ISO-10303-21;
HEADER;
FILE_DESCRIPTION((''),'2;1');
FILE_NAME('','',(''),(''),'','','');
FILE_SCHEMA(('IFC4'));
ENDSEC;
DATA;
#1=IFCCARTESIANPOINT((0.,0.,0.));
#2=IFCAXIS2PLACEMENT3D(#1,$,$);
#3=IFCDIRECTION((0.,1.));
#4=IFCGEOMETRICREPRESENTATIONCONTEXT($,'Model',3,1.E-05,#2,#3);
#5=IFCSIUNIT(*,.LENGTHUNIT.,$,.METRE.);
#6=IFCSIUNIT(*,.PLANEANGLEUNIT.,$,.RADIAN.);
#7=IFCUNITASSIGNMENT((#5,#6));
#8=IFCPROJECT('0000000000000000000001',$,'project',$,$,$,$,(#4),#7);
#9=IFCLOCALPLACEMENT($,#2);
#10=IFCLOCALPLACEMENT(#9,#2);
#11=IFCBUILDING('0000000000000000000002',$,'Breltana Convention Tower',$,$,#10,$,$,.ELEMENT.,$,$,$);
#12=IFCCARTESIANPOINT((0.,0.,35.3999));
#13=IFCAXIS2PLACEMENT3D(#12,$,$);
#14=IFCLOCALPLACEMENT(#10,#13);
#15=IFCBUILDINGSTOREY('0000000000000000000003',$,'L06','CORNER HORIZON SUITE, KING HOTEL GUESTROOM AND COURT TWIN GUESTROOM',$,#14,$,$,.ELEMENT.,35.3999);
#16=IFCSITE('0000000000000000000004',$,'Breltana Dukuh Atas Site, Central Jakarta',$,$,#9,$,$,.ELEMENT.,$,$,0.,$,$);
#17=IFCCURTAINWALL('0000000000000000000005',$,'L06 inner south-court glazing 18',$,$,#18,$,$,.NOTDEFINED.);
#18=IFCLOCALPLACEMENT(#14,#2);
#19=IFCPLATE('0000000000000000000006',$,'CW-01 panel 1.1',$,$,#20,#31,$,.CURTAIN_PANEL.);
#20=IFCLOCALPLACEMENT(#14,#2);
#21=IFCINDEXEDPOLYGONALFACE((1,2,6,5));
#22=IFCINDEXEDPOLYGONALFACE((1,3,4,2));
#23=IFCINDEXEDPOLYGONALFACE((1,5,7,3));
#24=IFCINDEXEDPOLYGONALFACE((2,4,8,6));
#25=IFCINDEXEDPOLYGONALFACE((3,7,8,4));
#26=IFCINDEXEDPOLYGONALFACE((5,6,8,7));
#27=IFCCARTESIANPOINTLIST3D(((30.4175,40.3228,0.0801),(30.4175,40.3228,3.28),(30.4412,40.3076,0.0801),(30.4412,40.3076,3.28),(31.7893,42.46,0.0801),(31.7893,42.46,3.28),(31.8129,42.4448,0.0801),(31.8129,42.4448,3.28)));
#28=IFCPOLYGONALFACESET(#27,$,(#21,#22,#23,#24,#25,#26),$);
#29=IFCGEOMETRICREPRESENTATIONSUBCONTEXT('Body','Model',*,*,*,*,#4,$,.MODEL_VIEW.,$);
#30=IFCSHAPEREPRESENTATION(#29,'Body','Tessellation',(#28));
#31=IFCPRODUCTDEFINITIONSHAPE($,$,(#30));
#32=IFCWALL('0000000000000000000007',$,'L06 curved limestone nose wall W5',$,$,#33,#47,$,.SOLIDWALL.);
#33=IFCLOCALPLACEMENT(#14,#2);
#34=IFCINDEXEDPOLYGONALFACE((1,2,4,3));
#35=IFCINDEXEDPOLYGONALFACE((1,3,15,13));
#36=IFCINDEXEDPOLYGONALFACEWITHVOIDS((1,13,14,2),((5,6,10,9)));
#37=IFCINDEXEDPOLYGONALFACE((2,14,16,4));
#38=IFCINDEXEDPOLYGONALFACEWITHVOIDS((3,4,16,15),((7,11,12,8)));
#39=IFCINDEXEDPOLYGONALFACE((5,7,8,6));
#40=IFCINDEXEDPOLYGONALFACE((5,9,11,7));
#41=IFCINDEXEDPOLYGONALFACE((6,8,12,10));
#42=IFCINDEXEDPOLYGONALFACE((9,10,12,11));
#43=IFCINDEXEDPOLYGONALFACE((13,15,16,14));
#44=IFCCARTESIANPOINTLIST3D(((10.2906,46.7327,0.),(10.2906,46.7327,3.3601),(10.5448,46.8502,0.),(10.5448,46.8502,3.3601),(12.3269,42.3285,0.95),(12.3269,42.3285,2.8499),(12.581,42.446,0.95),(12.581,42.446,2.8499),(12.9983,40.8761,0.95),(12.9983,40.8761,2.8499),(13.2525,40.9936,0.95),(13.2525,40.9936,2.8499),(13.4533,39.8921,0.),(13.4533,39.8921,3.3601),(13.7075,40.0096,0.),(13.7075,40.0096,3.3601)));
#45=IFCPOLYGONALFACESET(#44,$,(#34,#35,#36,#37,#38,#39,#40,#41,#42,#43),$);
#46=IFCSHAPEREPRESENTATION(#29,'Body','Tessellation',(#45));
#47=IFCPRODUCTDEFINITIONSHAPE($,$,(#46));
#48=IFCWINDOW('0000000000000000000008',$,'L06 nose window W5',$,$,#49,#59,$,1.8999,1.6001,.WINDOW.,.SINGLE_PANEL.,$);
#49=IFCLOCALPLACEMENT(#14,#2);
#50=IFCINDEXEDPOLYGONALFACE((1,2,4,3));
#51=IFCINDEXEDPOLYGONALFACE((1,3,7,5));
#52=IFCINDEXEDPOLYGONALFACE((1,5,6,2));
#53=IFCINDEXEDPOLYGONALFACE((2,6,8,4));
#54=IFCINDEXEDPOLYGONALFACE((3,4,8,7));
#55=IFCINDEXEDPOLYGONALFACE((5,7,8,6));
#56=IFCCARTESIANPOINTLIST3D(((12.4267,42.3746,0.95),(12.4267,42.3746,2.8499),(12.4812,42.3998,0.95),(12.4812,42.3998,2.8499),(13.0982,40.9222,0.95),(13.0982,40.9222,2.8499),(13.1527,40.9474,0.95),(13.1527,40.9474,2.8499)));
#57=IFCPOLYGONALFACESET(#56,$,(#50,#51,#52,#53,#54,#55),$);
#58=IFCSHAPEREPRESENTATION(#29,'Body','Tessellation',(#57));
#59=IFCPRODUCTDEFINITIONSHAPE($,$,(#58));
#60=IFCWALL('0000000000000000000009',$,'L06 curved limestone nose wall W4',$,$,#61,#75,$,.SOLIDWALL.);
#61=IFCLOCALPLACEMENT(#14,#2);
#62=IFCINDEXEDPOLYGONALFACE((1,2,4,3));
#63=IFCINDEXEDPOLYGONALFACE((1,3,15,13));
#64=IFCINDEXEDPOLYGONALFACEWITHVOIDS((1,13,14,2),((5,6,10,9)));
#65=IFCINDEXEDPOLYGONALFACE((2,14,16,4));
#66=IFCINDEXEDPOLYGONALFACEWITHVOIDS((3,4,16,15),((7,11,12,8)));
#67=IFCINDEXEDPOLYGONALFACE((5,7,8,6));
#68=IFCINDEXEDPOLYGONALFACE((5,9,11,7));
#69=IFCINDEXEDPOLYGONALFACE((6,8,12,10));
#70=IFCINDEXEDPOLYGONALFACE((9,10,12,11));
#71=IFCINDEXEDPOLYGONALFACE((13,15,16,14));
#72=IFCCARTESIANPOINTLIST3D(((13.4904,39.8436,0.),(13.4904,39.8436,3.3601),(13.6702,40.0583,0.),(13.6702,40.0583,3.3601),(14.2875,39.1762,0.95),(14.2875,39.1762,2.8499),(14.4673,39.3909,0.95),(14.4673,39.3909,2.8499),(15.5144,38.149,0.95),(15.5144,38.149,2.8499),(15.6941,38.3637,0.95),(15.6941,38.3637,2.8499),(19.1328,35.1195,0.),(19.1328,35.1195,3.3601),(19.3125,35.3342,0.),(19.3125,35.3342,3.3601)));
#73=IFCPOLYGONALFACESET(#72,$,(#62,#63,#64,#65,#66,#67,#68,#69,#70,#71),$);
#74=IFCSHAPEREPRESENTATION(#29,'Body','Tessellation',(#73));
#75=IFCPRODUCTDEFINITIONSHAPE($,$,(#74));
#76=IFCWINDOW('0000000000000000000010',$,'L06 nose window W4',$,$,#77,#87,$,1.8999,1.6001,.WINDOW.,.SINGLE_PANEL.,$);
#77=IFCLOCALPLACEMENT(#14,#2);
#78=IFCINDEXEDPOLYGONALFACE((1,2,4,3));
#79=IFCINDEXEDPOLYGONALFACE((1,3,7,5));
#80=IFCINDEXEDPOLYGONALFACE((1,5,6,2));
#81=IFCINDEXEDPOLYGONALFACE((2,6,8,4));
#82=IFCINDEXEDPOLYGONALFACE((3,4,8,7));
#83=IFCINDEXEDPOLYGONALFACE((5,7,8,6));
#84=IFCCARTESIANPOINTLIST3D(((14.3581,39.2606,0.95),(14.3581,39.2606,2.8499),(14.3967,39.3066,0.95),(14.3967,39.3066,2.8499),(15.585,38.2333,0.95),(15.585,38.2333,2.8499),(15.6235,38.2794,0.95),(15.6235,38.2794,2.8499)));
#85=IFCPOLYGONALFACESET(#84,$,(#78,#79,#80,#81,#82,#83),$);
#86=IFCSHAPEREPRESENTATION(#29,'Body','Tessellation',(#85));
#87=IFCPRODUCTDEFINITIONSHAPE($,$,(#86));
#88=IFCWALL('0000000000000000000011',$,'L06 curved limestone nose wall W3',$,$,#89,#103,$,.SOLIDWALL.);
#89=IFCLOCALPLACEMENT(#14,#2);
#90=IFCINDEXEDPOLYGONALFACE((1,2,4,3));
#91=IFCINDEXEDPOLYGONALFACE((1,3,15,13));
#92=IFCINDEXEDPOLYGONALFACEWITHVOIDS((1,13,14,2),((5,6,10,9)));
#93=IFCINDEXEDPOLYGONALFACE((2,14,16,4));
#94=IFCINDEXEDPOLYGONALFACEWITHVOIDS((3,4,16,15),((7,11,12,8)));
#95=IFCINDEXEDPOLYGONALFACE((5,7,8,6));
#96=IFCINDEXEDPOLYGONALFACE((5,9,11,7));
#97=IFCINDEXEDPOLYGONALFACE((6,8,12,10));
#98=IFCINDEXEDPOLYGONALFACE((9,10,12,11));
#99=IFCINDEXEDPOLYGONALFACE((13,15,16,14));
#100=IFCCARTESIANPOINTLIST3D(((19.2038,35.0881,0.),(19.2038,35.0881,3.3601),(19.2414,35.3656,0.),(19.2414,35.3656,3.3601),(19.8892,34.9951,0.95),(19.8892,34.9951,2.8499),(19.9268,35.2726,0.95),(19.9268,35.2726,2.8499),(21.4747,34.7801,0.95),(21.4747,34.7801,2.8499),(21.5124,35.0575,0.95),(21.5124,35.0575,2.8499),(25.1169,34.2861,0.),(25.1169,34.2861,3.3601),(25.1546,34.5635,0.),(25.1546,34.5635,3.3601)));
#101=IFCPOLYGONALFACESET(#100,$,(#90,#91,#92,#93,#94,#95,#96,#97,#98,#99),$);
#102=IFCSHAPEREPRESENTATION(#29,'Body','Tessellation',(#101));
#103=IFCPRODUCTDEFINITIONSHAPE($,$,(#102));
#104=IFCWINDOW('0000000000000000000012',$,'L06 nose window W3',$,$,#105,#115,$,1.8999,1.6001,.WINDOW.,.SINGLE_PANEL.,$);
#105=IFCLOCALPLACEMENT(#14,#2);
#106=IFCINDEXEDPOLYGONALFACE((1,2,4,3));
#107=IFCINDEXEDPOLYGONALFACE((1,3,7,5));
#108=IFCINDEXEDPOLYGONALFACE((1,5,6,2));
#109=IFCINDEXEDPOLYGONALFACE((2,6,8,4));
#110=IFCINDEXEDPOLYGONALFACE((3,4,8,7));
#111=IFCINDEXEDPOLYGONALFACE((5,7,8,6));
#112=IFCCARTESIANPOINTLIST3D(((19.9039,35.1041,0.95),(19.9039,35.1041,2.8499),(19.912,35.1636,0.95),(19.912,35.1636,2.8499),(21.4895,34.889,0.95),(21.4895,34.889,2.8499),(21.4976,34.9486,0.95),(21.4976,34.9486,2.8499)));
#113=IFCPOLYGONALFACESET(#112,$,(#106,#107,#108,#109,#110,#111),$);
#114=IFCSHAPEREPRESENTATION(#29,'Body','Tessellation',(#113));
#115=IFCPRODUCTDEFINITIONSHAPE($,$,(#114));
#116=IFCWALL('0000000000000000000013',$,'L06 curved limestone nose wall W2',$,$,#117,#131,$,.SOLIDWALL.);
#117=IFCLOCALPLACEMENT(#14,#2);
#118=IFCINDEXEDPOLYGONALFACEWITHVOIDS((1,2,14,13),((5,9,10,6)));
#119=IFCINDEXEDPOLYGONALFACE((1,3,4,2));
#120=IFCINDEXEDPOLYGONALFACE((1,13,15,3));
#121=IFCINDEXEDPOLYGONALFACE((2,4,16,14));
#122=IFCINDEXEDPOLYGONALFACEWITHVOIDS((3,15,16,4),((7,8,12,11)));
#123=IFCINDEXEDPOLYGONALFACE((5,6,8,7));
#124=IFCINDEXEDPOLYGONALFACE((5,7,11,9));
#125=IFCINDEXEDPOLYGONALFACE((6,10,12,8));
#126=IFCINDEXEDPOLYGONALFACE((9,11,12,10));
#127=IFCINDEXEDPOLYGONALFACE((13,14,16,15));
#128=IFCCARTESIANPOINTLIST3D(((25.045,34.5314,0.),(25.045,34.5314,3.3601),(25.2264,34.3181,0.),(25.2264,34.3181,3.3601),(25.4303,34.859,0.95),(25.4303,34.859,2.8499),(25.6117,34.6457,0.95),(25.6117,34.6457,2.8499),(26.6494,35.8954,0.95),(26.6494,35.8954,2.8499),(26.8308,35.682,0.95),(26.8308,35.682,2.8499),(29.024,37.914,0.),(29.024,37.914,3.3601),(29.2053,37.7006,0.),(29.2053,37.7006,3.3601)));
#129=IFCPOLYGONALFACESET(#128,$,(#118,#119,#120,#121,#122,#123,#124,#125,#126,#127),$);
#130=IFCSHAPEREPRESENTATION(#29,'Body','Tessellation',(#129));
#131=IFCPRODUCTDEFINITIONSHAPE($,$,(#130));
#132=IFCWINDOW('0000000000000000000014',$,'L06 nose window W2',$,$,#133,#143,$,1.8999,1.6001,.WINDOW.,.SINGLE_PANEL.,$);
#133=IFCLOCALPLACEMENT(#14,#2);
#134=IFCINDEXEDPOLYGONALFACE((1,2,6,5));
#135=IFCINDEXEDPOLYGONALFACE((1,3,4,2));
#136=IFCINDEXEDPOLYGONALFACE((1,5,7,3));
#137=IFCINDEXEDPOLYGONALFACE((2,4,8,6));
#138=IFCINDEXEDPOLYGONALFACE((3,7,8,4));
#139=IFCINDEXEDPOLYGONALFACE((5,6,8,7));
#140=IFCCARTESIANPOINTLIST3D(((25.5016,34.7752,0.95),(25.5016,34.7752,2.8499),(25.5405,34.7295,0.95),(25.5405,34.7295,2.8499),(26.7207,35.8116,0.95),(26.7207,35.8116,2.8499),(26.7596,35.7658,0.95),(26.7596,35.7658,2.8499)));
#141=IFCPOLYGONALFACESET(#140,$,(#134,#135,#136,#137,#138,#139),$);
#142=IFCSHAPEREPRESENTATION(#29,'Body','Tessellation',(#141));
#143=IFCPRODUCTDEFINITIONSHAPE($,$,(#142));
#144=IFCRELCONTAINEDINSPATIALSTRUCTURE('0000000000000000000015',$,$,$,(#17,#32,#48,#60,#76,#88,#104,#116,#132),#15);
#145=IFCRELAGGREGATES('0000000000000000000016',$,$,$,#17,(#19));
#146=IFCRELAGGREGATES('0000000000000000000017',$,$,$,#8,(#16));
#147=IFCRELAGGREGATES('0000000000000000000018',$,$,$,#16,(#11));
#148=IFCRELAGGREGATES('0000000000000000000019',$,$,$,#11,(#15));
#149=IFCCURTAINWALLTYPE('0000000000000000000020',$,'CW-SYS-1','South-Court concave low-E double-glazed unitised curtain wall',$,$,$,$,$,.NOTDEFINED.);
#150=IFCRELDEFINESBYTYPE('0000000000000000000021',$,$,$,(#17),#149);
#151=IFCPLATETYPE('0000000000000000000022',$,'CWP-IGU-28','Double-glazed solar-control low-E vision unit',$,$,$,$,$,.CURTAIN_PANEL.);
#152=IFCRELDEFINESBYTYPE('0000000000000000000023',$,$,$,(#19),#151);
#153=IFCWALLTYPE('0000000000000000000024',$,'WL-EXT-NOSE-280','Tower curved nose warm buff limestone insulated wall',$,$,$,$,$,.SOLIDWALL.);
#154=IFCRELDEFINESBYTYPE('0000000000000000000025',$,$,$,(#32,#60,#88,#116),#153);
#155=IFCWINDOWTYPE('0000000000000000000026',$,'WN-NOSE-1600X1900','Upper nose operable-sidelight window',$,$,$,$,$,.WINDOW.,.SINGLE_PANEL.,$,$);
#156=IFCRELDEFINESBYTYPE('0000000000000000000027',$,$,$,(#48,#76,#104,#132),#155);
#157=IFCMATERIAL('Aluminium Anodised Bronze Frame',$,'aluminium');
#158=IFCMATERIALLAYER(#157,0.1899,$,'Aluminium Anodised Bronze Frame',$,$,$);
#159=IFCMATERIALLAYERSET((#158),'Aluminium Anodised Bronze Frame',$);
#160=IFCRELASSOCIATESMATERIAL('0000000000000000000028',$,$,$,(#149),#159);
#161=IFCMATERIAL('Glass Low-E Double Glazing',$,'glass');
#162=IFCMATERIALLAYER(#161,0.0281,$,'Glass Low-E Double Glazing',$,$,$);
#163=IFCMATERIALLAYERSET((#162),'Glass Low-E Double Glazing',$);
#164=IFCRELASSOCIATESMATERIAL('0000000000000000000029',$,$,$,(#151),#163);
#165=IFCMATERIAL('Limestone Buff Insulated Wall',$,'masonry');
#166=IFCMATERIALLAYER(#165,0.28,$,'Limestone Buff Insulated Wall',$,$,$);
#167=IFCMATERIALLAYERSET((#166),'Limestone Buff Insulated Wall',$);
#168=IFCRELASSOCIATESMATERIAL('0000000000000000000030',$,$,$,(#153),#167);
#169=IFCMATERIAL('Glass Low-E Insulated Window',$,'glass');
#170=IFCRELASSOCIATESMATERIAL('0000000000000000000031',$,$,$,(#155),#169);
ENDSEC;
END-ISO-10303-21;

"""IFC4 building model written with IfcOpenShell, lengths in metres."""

from ifc_helpers import new_model, si_unit, direction, frame, frame_2d, origin, origin_2d, place, context, subcontext, project, spatial, rectangle, extrude, source, transform, mapped, material, layer, layer_set, type_object, type_shapes, element, fill, aggregate, save


model = new_model("IFC4")

# Units and contexts
model_context = context("Model", 3, precision=1e-05, world=origin(), true_north=direction((0.0, 1.0)))
body_context = subcontext(model_context, "Body", "Model", "MODEL_VIEW")
ifc_project = project(units=[si_unit("LENGTHUNIT", "METRE"), si_unit("PLANEANGLEUNIT", "RADIAN")], contexts=[model_context])

# Site, building, storey
site_placement = place(None, origin())
site = spatial("IfcSite", under=ifc_project, at=site_placement, Name="Breltana Dukuh Atas Site, Central Jakarta", CompositionType="ELEMENT", RefElevation=0.0)
building_placement = place(site_placement, origin())
building = spatial("IfcBuilding", under=site, at=building_placement, Name="Breltana Convention Tower", CompositionType="ELEMENT")
storey_placement = place(building_placement, frame((0.0, 0.0, 35.3999)))
storey = spatial("IfcBuildingStorey", under=building, at=storey_placement, Name="L06", Description="CORNER HORIZON SUITE, KING HOTEL GUESTROOM AND COURT TWIN GUESTROOM", CompositionType="ELEMENT", Elevation=35.3999)

# Curtain wall
ifc_material_1 = material(Name="Aluminium Anodised Bronze Frame", Category="aluminium")
ifc_layer_1 = layer(ifc_material_1, 0.1899, Name="Aluminium Anodised Bronze Frame")
ifc_layer_set_1 = layer_set([ifc_layer_1], Name="Aluminium Anodised Bronze Frame")
curtain_wall_type = type_object("IfcCurtainWallType", Name="CW-SYS-1", Description="South-Court concave low-E double-glazed unitised curtain wall", PredefinedType="NOTDEFINED", material=ifc_layer_set_1)
curtain_wall_1_placement = place(storey_placement, origin())
curtain_wall_1 = element("IfcCurtainWall", 1, at=curtain_wall_1_placement, inside=storey, type_object=curtain_wall_type, Name="L06 inner south-court glazing 18", PredefinedType="NOTDEFINED")

# Plate
ifc_material_2 = material(Name="Glass Low-E Double Glazing", Category="glass")
ifc_layer_2 = layer(ifc_material_2, 0.0281, Name="Glass Low-E Double Glazing")
ifc_layer_set_2 = layer_set([ifc_layer_2], Name="Glass Low-E Double Glazing")
plate_type = type_object("IfcPlateType", Name="CWP-IGU-28", Description="Double-glazed solar-control low-E vision unit", PredefinedType="CURTAIN_PANEL", material=ifc_layer_set_2)
shared_shape_1 = source(origin(), body_context, "Body", "SweptSolid", [
    extrude(rectangle(XDim=2.5396, YDim=0.0281, at=origin_2d()), origin(), (0.0, 0.0, 1.0), 3.2),
])
plate_1_placement = place(storey_placement, frame((31.1152, 41.3838, 0.0801), z_axis=(0.0, 0.0, 1.0), x_axis=(-0.54017, -0.841556, 0.0)))
plate_1 = element("IfcPlate", 2, at=plate_1_placement, type_object=plate_type, Name="CW-01 panel 1.1", PredefinedType="CURTAIN_PANEL", context=body_context, shape_type="MappedRepresentation", body=[
    mapped(shared_shape_1, transform((0.0, 0.0, 0.0), scale=1.0)),
])
aggregate(curtain_wall_1, [plate_1])

# Walls, openings, windows
ifc_material_3 = material(Name="Limestone Buff Insulated Wall", Category="masonry")
ifc_layer_3 = layer(ifc_material_3, 0.28, Name="Limestone Buff Insulated Wall")
ifc_layer_set_3 = layer_set([ifc_layer_3], Name="Limestone Buff Insulated Wall")
wall_type_1 = type_object("IfcWallType", Name="WL-EXT-NOSE-280", Description="Tower curved nose warm buff limestone insulated wall", PredefinedType="SOLIDWALL", material=ifc_layer_set_3)
shared_shape_2 = source(origin(), body_context, "Body", "SweptSolid", [
    extrude(rectangle(XDim=7.5364, YDim=0.28, at=frame_2d((3.7681, 0.0))), origin(), (0.0, 0.0, 1.0), 3.3601),
])
wall_1_placement = place(storey_placement, frame((13.5803, 39.9509, 0.0), z_axis=(0.0, 0.0, 1.0), x_axis=(-0.41965, 0.907686, 0.0)))
wall_1 = element("IfcWall", 3, at=wall_1_placement, inside=storey, type_object=wall_type_1, Name="L06 curved limestone nose wall W5", PredefinedType="SOLIDWALL", context=body_context, shape_type="MappedRepresentation", body=[
    mapped(shared_shape_2, transform((0.0, 0.0, 0.0), scale=1.0)),
])
opening_1_placement = place(wall_1_placement, frame((1.084, 0.0, 0.95)))
opening_1 = element("IfcOpeningElement", 4, at=opening_1_placement, cuts=wall_1, PredefinedType="OPENING", context=body_context, shape_type="SweptSolid", body=[
    extrude(rectangle(XDim=1.6001, YDim=1.8999, at=frame_2d((0.8, 0.95))), frame((0.0, 0.1499, 0.0), z_axis=(0.0, -1.0, 0.0), x_axis=(1.0, 0.0, 0.0)), (0.0, 0.0, 1.0), 0.3),
])
ifc_material_4 = material(Name="Glass Low-E Insulated Window", Category="glass")
window_type = type_object("IfcWindowType", Name="WN-NOSE-1600X1900", Description="Upper nose operable-sidelight window", PartitioningType="SINGLE_PANEL", PredefinedType="WINDOW", material=ifc_material_4)
shared_shape_3 = source(origin(), body_context, "Body", "SweptSolid", [
    extrude(rectangle(XDim=1.6001, YDim=1.8999, at=frame_2d((0.8, 0.95))), frame((0.0, 0.03, 0.0), z_axis=(0.0, -1.0, 0.0), x_axis=(1.0, 0.0, 0.0)), (0.0, 0.0, 1.0), 0.0601),
])
type_shapes(window_type, [shared_shape_3])
window_1_placement = place(opening_1_placement, origin())
window_1 = element("IfcWindow", 5, at=window_1_placement, inside=storey, type_object=window_type, Name="L06 nose window W5", OverallHeight=1.8999, OverallWidth=1.6001, PartitioningType="SINGLE_PANEL", PredefinedType="WINDOW", context=body_context, shape_type="MappedRepresentation", body=[
    mapped(shared_shape_3, transform((0.0, 0.0, 0.0), scale=1.0)),
])
fill(opening_1, window_1)
shared_shape_4 = source(origin(), body_context, "Body", "SweptSolid", [
    extrude(rectangle(XDim=7.3589, YDim=0.28, at=frame_2d((3.6794, 0.0))), origin(), (0.0, 0.0, 1.0), 3.3601),
])
wall_2_placement = place(storey_placement, frame((19.2227, 35.2268, 0.0), z_axis=(0.0, 0.0, 1.0), x_axis=(-0.766737, 0.641961, 0.0)))
wall_2 = element("IfcWall", 6, at=wall_2_placement, inside=storey, type_object=wall_type_1, Name="L06 curved limestone nose wall W4", PredefinedType="SOLIDWALL", context=body_context, shape_type="MappedRepresentation", body=[
    mapped(shared_shape_4, transform((0.0, 0.0, 0.0), scale=1.0)),
])
opening_2_placement = place(wall_2_placement, frame((4.7192, 0.0, 0.95)))
opening_2 = element("IfcOpeningElement", 7, at=opening_2_placement, cuts=wall_2, PredefinedType="OPENING", context=body_context, shape_type="SweptSolid", body=[
    extrude(rectangle(XDim=1.6001, YDim=1.8999, at=frame_2d((0.8, 0.95))), frame((0.0, 0.1499, 0.0), z_axis=(0.0, -1.0, 0.0), x_axis=(1.0, 0.0, 0.0)), (0.0, 0.0, 1.0), 0.3),
])
window_2_placement = place(opening_2_placement, origin())
window_2 = element("IfcWindow", 8, at=window_2_placement, inside=storey, type_object=window_type, Name="L06 nose window W4", OverallHeight=1.8999, OverallWidth=1.6001, PartitioningType="SINGLE_PANEL", PredefinedType="WINDOW", context=body_context, shape_type="MappedRepresentation", body=[
    mapped(shared_shape_3, transform((0.0, 0.0, 0.0), scale=1.0)),
])
fill(opening_2, window_2)
shared_shape_5 = source(origin(), body_context, "Body", "SweptSolid", [
    extrude(rectangle(XDim=5.9673, YDim=0.28, at=frame_2d((2.9836, 0.0))), origin(), (0.0, 0.0, 1.0), 3.3601),
])
wall_3_placement = place(storey_placement, frame((25.1357, 34.4248, 0.0), z_axis=(0.0, 0.0, 1.0), x_axis=(-0.990927, 0.134401, 0.0)))
wall_3 = element("IfcWall", 9, at=wall_3_placement, inside=storey, type_object=wall_type_1, Name="L06 curved limestone nose wall W3", PredefinedType="SOLIDWALL", context=body_context, shape_type="MappedRepresentation", body=[
    mapped(shared_shape_5, transform((0.0, 0.0, 0.0), scale=1.0)),
])
opening_3_placement = place(wall_3_placement, frame((3.6755, 0.0, 0.95)))
opening_3 = element("IfcOpeningElement", 10, at=opening_3_placement, cuts=wall_3, PredefinedType="OPENING", context=body_context, shape_type="SweptSolid", body=[
    extrude(rectangle(XDim=1.6001, YDim=1.8999, at=frame_2d((0.8, 0.95))), frame((0.0, 0.1499, 0.0), z_axis=(0.0, -1.0, 0.0), x_axis=(1.0, 0.0, 0.0)), (0.0, 0.0, 1.0), 0.3),
])
window_3_placement = place(opening_3_placement, origin())
window_3 = element("IfcWindow", 11, at=window_3_placement, inside=storey, type_object=window_type, Name="L06 nose window W3", OverallHeight=1.8999, OverallWidth=1.6001, PartitioningType="SINGLE_PANEL", PredefinedType="WINDOW", context=body_context, shape_type="MappedRepresentation", body=[
    mapped(shared_shape_3, transform((0.0, 0.0, 0.0), scale=1.0)),
])
fill(opening_3, window_3)
shared_shape_6 = source(origin(), body_context, "Body", "SweptSolid", [
    extrude(rectangle(XDim=5.2224, YDim=0.28, at=frame_2d((2.6113, 0.0))), origin(), (0.0, 0.0, 1.0), 3.3601),
])
wall_4_placement = place(storey_placement, frame((29.1147, 37.8074, 0.0), z_axis=(0.0, 0.0, 1.0), x_axis=(-0.7619, -0.647695, 0.0)))
wall_4 = element("IfcWall", 12, at=wall_4_placement, inside=storey, type_object=wall_type_1, Name="L06 curved limestone nose wall W2", PredefinedType="SOLIDWALL", context=body_context, shape_type="MappedRepresentation", body=[
    mapped(shared_shape_6, transform((0.0, 0.0, 0.0), scale=1.0)),
])
opening_4_placement = place(wall_4_placement, frame((3.1167, 0.0, 0.95)))
opening_4 = element("IfcOpeningElement", 13, at=opening_4_placement, cuts=wall_4, PredefinedType="OPENING", context=body_context, shape_type="SweptSolid", body=[
    extrude(rectangle(XDim=1.6001, YDim=1.8999, at=frame_2d((0.8, 0.95))), frame((0.0, 0.1499, 0.0), z_axis=(0.0, -1.0, 0.0), x_axis=(1.0, 0.0, 0.0)), (0.0, 0.0, 1.0), 0.3),
])
window_4_placement = place(opening_4_placement, origin())
window_4 = element("IfcWindow", 14, at=window_4_placement, inside=storey, type_object=window_type, Name="L06 nose window W2", OverallHeight=1.8999, OverallWidth=1.6001, PartitioningType="SINGLE_PANEL", PredefinedType="WINDOW", context=body_context, shape_type="MappedRepresentation", body=[
    mapped(shared_shape_3, transform((0.0, 0.0, 0.0), scale=1.0)),
])
fill(opening_4, window_4)

save(model, "model.ifc")
